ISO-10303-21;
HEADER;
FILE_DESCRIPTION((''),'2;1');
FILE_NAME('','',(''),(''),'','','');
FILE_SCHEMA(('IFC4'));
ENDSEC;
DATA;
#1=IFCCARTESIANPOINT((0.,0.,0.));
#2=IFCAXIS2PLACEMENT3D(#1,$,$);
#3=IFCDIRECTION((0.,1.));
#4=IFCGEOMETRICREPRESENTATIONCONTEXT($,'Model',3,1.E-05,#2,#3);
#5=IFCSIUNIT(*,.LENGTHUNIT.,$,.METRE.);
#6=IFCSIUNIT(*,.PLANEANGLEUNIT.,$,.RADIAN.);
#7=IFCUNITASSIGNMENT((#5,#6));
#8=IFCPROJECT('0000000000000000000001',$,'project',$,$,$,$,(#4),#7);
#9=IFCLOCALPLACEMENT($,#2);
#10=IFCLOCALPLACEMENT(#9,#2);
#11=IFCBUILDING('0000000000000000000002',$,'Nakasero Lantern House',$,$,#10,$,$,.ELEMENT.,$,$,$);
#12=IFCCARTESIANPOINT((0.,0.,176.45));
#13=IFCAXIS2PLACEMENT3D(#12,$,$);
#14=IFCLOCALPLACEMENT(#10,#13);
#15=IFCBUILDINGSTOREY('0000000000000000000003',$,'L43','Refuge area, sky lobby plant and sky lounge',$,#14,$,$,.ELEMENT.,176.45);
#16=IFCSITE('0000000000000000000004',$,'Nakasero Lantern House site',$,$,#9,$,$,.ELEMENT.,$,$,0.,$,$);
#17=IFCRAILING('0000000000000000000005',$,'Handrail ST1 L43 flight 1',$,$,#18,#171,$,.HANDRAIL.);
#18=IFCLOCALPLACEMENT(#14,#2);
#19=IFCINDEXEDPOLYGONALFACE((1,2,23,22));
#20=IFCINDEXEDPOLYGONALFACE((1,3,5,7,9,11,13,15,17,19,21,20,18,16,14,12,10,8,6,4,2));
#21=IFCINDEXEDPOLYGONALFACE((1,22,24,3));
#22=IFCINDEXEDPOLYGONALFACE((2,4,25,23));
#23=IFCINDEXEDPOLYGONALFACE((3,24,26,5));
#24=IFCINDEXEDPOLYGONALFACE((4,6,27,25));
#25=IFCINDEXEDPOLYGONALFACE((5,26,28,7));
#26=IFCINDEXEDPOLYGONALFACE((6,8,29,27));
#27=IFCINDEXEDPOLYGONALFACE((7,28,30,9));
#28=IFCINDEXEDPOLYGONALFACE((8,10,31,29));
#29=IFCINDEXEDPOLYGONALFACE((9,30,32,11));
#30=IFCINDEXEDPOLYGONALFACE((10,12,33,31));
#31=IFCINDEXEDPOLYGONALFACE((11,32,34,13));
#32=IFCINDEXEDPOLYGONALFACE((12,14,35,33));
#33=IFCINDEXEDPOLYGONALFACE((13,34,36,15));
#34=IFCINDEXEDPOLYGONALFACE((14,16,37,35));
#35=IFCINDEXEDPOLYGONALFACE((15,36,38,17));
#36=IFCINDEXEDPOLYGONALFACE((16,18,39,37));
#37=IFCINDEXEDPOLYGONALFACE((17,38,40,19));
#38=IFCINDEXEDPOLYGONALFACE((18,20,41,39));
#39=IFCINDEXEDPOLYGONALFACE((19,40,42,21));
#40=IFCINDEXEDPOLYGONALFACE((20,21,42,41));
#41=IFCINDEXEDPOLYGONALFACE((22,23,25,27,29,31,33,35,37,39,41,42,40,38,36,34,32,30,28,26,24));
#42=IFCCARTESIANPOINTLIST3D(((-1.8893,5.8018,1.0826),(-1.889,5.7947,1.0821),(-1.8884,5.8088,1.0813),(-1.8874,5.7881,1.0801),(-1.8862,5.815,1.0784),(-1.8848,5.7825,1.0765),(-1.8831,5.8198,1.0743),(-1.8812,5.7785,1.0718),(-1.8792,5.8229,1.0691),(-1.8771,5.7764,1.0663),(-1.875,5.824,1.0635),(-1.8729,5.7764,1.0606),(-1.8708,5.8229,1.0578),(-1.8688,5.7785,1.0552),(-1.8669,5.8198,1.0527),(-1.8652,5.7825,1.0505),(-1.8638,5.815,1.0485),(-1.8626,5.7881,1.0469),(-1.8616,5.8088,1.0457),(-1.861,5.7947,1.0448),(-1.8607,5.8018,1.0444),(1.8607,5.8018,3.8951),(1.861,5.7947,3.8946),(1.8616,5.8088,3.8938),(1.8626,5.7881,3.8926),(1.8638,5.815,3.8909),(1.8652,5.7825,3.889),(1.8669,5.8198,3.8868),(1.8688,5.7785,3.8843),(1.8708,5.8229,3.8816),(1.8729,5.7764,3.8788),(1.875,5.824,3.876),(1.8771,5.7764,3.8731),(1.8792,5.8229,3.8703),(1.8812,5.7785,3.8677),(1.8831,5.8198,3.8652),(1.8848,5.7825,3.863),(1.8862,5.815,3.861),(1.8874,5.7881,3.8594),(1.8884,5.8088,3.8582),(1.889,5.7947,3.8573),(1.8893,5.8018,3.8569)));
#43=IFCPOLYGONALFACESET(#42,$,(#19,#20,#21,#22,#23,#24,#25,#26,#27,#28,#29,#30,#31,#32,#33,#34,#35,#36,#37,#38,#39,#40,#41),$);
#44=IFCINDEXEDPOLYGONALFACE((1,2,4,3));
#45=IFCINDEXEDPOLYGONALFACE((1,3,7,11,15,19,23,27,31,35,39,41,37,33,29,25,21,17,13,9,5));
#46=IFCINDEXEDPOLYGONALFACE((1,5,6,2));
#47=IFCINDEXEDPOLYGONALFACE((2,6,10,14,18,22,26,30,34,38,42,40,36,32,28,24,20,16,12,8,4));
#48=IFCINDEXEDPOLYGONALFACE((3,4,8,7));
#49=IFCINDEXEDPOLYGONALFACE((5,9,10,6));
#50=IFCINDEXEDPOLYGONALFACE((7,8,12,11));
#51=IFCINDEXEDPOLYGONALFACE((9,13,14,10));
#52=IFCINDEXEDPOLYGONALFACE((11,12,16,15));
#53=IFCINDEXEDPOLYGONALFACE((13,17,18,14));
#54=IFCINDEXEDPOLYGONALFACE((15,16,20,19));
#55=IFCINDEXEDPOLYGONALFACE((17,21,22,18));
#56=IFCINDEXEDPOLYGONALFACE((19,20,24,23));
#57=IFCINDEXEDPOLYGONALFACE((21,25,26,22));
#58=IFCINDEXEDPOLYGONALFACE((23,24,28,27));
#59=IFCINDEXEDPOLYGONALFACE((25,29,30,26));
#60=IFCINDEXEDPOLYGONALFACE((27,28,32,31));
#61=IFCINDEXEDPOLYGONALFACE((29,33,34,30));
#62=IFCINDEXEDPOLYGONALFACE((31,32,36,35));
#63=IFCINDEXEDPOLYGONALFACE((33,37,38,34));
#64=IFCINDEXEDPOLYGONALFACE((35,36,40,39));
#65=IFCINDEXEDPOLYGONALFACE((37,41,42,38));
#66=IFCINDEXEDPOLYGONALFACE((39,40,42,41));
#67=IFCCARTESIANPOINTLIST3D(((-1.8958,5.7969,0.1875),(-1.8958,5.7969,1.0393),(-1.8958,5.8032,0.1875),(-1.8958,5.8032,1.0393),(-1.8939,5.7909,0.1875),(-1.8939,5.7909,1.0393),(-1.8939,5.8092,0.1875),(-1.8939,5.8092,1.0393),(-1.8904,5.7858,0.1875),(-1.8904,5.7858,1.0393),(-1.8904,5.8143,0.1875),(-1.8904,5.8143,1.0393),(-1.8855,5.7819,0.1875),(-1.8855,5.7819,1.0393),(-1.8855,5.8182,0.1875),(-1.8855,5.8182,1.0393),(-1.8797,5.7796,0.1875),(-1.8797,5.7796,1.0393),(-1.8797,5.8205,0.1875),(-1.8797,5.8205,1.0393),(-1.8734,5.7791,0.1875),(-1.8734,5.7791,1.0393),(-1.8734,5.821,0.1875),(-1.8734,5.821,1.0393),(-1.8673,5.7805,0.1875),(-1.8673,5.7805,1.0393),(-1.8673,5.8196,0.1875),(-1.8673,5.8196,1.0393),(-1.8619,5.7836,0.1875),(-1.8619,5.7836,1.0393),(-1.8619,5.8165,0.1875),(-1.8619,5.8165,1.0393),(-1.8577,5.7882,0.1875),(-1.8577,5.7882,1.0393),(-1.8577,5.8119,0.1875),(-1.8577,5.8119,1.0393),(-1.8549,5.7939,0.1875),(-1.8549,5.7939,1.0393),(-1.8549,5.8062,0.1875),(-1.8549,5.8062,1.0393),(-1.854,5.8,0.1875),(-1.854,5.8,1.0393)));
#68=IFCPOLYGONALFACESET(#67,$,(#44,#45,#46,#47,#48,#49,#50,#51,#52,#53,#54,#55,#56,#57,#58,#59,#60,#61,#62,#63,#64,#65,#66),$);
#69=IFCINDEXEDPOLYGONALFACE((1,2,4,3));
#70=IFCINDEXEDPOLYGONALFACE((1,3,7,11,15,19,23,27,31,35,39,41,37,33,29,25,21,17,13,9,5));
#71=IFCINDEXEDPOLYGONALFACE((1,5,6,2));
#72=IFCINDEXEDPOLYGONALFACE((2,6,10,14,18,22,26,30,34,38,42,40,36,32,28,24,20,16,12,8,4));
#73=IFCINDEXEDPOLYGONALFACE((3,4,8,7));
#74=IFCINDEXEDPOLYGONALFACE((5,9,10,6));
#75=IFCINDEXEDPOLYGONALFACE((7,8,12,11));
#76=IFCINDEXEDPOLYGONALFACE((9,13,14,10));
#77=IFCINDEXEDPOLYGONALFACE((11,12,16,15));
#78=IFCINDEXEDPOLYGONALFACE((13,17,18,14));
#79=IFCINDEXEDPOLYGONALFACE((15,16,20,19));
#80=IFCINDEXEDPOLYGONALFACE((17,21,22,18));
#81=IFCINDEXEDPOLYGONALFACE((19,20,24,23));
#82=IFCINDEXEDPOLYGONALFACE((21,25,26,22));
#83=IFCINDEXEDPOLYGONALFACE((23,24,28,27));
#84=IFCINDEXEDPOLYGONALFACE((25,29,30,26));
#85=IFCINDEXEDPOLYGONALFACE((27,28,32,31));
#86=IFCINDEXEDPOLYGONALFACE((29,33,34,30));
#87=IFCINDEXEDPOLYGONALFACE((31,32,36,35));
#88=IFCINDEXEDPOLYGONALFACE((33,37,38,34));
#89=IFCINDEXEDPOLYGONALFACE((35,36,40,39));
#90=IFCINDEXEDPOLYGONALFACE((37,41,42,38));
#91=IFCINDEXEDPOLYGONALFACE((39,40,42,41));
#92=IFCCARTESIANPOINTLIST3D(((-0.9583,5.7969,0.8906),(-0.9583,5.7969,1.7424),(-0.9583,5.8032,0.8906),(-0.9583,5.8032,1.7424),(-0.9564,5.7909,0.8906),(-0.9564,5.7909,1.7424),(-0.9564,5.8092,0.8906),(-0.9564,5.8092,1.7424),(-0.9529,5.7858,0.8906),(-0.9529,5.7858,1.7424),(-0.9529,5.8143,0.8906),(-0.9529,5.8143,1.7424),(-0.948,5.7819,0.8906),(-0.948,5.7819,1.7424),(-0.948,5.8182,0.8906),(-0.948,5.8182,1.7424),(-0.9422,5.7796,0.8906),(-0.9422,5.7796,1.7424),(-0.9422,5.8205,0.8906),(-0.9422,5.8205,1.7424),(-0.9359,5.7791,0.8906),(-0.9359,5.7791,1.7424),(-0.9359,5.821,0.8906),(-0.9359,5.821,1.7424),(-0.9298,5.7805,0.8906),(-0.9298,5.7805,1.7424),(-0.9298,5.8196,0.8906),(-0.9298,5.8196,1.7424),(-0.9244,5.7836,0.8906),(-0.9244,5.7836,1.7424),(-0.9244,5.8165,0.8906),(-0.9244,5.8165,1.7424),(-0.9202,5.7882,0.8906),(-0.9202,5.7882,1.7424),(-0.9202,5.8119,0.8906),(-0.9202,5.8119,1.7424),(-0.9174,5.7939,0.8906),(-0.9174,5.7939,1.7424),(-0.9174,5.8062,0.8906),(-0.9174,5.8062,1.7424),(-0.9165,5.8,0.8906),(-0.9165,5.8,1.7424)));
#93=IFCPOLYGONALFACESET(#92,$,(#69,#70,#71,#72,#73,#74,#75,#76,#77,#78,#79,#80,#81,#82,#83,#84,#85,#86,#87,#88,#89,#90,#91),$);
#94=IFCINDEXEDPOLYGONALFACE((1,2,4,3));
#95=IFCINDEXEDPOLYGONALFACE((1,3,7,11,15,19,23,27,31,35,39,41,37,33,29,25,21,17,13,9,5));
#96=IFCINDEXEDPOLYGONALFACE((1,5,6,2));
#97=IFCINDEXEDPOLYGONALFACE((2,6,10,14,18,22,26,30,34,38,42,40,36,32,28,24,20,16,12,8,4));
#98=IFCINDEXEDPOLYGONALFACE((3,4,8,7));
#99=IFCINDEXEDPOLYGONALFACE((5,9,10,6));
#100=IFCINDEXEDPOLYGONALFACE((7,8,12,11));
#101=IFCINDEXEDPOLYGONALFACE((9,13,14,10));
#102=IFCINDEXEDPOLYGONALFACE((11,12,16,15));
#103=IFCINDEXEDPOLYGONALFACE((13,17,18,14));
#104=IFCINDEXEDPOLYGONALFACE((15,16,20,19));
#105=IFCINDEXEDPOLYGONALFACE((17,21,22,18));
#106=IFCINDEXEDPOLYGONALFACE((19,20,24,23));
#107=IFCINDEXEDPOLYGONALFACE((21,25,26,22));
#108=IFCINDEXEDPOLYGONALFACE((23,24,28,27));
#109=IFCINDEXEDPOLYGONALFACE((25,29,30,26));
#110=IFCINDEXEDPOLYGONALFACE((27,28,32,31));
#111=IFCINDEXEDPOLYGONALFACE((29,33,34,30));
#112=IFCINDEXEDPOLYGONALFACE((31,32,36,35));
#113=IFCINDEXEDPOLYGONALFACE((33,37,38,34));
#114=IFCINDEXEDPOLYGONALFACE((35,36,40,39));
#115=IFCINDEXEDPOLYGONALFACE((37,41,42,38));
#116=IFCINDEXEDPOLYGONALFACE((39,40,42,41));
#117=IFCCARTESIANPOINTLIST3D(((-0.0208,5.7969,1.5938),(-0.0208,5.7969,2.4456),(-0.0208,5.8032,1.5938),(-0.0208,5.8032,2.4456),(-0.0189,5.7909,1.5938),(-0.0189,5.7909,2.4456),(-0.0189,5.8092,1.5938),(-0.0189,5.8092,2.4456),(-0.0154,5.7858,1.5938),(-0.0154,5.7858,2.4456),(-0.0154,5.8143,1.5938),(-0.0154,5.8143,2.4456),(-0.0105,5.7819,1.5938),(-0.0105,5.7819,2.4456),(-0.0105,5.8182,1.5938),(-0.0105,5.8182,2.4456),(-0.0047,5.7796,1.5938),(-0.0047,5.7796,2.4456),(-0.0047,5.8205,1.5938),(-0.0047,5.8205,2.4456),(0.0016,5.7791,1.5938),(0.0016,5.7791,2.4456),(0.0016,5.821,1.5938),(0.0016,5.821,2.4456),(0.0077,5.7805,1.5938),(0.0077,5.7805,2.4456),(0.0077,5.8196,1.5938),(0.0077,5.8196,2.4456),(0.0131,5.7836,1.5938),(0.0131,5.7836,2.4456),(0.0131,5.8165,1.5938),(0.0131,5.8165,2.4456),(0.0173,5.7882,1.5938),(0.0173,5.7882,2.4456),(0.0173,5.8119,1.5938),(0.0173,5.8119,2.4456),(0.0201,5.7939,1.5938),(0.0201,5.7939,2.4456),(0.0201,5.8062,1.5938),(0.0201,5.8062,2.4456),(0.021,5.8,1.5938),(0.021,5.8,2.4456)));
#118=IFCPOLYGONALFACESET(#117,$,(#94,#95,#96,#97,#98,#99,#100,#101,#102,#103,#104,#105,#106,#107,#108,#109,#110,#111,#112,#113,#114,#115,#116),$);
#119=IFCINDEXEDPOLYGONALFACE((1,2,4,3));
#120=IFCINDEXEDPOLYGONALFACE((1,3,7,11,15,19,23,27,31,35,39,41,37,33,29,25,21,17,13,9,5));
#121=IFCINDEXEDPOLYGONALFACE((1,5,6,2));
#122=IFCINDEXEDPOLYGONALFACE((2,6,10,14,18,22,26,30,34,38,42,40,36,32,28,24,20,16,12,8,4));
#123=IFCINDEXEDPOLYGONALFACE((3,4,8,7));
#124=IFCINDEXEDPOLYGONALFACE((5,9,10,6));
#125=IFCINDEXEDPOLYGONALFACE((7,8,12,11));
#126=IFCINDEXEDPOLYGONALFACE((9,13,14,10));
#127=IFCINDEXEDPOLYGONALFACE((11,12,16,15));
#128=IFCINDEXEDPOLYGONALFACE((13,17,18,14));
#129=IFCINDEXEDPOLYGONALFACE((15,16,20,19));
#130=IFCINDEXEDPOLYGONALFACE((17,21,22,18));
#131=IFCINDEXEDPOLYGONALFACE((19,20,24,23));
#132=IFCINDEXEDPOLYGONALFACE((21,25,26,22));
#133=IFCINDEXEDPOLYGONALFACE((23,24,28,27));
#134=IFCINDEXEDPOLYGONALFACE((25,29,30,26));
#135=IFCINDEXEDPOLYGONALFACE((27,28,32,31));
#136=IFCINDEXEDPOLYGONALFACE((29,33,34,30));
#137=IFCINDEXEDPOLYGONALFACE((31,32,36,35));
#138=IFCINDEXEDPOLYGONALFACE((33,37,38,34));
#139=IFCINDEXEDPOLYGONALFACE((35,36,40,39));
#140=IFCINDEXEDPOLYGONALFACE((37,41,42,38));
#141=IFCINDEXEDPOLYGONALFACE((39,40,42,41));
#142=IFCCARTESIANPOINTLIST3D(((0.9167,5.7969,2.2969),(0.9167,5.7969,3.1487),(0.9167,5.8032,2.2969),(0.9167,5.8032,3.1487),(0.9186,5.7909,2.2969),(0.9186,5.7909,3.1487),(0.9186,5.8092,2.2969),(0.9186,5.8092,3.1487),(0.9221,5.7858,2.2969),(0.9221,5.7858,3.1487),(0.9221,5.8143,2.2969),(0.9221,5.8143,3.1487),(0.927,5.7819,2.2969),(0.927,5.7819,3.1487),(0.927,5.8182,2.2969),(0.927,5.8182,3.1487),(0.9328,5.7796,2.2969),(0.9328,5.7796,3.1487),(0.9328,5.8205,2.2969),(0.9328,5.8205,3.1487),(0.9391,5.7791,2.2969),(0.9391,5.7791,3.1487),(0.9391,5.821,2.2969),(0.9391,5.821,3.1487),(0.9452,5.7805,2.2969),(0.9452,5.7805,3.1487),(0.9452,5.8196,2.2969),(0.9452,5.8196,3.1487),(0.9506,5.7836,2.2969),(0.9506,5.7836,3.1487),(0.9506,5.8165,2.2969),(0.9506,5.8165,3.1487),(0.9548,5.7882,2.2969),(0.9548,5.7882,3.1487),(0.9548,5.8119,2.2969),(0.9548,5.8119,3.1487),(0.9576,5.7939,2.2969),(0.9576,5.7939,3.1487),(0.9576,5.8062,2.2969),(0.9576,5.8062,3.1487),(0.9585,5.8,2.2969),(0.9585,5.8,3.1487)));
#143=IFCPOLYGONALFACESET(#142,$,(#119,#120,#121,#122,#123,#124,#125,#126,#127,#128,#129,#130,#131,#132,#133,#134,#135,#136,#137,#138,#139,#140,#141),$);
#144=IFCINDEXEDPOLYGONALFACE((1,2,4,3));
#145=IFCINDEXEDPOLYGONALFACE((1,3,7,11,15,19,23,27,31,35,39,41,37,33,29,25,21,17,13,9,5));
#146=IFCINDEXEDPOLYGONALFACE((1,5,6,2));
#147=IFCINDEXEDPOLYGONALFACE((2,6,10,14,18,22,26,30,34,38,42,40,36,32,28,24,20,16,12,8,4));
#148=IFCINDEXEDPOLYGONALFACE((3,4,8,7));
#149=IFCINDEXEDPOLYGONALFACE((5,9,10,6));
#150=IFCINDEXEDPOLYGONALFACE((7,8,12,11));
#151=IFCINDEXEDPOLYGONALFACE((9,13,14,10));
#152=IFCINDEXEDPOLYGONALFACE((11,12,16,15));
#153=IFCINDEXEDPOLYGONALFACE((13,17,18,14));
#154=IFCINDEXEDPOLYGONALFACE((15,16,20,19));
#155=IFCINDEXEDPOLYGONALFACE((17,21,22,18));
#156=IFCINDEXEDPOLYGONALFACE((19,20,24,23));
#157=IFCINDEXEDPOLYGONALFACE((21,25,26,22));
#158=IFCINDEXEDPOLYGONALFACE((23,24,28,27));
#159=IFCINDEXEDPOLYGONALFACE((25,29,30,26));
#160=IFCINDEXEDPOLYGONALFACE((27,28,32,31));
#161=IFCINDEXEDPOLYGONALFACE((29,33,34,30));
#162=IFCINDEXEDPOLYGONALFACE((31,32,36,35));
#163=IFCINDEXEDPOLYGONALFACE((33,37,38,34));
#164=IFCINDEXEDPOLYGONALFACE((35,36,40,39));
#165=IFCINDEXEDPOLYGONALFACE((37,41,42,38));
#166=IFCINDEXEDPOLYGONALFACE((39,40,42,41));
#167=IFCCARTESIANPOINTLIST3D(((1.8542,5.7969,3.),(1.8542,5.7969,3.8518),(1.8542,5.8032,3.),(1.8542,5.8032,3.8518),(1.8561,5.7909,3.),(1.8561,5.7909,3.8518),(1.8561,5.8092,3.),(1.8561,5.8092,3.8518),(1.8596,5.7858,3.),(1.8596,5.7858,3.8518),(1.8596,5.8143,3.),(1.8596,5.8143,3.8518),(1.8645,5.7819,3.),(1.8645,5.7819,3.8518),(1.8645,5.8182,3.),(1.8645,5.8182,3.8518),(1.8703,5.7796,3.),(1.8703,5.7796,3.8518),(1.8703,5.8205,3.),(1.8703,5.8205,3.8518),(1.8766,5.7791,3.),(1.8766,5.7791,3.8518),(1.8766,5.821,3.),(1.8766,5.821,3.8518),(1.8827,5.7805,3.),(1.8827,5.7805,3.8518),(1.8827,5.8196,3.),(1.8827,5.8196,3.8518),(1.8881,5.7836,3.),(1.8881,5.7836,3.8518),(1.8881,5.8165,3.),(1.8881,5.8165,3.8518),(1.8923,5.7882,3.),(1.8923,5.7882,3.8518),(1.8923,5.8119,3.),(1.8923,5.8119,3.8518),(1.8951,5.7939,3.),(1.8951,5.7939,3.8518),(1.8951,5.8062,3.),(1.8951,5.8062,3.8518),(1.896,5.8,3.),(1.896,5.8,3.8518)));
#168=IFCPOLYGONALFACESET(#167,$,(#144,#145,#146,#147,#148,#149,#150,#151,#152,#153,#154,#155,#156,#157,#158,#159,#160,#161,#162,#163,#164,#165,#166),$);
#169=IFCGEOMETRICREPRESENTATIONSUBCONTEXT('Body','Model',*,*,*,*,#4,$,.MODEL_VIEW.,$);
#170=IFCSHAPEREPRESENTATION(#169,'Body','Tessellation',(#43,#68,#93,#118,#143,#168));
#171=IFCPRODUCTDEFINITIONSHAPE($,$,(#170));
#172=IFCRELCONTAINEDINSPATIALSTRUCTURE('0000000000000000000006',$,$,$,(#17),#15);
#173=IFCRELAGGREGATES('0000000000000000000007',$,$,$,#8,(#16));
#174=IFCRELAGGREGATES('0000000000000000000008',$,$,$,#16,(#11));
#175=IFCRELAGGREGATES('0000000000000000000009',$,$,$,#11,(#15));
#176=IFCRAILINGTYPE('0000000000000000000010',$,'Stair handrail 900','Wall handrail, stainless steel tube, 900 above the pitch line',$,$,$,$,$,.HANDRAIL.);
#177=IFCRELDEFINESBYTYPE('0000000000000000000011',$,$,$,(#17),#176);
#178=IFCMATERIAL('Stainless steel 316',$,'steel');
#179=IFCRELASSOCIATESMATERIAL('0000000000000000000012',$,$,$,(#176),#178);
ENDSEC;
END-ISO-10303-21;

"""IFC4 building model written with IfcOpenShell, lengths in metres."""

from ifc_helpers import new_model, si_unit, direction, frame, origin, origin_2d, place, context, subcontext, project, spatial, circle, extrude, material, type_object, element, save


model = new_model("IFC4")

# Units and contexts
model_context = context("Model", 3, precision=1e-05, world=origin(), true_north=direction((0.0, 1.0)))
body_context = subcontext(model_context, "Body", "Model", "MODEL_VIEW")
ifc_project = project(units=[si_unit("LENGTHUNIT", "METRE"), si_unit("PLANEANGLEUNIT", "RADIAN")], contexts=[model_context])

# Site, building, storey
site_placement = place(None, origin())
site = spatial("IfcSite", under=ifc_project, at=site_placement, Name="Nakasero Lantern House site", CompositionType="ELEMENT", RefElevation=0.0)
building_placement = place(site_placement, origin())
building = spatial("IfcBuilding", under=site, at=building_placement, Name="Nakasero Lantern House", CompositionType="ELEMENT")
storey_placement = place(building_placement, frame((0.0, 0.0, 176.45)))
storey = spatial("IfcBuildingStorey", under=building, at=storey_placement, Name="L43", Description="Refuge area, sky lobby plant and sky lounge", CompositionType="ELEMENT", Elevation=176.45)

# Railing
ifc_material_1 = material(Name="Stainless steel 316", Category="steel")
railing_type = type_object("IfcRailingType", Name="Stair handrail 900", Description="Wall handrail, stainless steel tube, 900 above the pitch line", PredefinedType="HANDRAIL", material=ifc_material_1)
railing_placement = place(storey_placement, frame((-1.875, 5.8, 0.1875)))
element("IfcRailing", 1, at=railing_placement, inside=storey, type_object=railing_type, Name="Handrail ST1 L43 flight 1", PredefinedType="HANDRAIL", context=body_context, shape_type="SweptSolid", body=[
    extrude(circle(Radius=0.0239, at=origin_2d()), frame((0.0, 0.0, 0.876), z_axis=(0.8, 0.0, 0.6), x_axis=(0.0, 1.0, 0.0)), (0.0, 0.0, 1.0), 4.6875),
    extrude(circle(Radius=0.021, at=origin_2d()), origin(), (0.0, 0.0, 1.0), 0.8518),
    extrude(circle(Radius=0.021, at=origin_2d()), frame((0.9375, 0.0, 0.7031)), (0.0, 0.0, 1.0), 0.8518),
    extrude(circle(Radius=0.021, at=origin_2d()), frame((1.875, 0.0, 1.4062)), (0.0, 0.0, 1.0), 0.8518),
    extrude(circle(Radius=0.021, at=origin_2d()), frame((2.8125, 0.0, 2.1094)), (0.0, 0.0, 1.0), 0.8518),
    extrude(circle(Radius=0.021, at=origin_2d()), frame((3.75, 0.0, 2.8125)), (0.0, 0.0, 1.0), 0.8518),
])

save(model, "model.ifc")
